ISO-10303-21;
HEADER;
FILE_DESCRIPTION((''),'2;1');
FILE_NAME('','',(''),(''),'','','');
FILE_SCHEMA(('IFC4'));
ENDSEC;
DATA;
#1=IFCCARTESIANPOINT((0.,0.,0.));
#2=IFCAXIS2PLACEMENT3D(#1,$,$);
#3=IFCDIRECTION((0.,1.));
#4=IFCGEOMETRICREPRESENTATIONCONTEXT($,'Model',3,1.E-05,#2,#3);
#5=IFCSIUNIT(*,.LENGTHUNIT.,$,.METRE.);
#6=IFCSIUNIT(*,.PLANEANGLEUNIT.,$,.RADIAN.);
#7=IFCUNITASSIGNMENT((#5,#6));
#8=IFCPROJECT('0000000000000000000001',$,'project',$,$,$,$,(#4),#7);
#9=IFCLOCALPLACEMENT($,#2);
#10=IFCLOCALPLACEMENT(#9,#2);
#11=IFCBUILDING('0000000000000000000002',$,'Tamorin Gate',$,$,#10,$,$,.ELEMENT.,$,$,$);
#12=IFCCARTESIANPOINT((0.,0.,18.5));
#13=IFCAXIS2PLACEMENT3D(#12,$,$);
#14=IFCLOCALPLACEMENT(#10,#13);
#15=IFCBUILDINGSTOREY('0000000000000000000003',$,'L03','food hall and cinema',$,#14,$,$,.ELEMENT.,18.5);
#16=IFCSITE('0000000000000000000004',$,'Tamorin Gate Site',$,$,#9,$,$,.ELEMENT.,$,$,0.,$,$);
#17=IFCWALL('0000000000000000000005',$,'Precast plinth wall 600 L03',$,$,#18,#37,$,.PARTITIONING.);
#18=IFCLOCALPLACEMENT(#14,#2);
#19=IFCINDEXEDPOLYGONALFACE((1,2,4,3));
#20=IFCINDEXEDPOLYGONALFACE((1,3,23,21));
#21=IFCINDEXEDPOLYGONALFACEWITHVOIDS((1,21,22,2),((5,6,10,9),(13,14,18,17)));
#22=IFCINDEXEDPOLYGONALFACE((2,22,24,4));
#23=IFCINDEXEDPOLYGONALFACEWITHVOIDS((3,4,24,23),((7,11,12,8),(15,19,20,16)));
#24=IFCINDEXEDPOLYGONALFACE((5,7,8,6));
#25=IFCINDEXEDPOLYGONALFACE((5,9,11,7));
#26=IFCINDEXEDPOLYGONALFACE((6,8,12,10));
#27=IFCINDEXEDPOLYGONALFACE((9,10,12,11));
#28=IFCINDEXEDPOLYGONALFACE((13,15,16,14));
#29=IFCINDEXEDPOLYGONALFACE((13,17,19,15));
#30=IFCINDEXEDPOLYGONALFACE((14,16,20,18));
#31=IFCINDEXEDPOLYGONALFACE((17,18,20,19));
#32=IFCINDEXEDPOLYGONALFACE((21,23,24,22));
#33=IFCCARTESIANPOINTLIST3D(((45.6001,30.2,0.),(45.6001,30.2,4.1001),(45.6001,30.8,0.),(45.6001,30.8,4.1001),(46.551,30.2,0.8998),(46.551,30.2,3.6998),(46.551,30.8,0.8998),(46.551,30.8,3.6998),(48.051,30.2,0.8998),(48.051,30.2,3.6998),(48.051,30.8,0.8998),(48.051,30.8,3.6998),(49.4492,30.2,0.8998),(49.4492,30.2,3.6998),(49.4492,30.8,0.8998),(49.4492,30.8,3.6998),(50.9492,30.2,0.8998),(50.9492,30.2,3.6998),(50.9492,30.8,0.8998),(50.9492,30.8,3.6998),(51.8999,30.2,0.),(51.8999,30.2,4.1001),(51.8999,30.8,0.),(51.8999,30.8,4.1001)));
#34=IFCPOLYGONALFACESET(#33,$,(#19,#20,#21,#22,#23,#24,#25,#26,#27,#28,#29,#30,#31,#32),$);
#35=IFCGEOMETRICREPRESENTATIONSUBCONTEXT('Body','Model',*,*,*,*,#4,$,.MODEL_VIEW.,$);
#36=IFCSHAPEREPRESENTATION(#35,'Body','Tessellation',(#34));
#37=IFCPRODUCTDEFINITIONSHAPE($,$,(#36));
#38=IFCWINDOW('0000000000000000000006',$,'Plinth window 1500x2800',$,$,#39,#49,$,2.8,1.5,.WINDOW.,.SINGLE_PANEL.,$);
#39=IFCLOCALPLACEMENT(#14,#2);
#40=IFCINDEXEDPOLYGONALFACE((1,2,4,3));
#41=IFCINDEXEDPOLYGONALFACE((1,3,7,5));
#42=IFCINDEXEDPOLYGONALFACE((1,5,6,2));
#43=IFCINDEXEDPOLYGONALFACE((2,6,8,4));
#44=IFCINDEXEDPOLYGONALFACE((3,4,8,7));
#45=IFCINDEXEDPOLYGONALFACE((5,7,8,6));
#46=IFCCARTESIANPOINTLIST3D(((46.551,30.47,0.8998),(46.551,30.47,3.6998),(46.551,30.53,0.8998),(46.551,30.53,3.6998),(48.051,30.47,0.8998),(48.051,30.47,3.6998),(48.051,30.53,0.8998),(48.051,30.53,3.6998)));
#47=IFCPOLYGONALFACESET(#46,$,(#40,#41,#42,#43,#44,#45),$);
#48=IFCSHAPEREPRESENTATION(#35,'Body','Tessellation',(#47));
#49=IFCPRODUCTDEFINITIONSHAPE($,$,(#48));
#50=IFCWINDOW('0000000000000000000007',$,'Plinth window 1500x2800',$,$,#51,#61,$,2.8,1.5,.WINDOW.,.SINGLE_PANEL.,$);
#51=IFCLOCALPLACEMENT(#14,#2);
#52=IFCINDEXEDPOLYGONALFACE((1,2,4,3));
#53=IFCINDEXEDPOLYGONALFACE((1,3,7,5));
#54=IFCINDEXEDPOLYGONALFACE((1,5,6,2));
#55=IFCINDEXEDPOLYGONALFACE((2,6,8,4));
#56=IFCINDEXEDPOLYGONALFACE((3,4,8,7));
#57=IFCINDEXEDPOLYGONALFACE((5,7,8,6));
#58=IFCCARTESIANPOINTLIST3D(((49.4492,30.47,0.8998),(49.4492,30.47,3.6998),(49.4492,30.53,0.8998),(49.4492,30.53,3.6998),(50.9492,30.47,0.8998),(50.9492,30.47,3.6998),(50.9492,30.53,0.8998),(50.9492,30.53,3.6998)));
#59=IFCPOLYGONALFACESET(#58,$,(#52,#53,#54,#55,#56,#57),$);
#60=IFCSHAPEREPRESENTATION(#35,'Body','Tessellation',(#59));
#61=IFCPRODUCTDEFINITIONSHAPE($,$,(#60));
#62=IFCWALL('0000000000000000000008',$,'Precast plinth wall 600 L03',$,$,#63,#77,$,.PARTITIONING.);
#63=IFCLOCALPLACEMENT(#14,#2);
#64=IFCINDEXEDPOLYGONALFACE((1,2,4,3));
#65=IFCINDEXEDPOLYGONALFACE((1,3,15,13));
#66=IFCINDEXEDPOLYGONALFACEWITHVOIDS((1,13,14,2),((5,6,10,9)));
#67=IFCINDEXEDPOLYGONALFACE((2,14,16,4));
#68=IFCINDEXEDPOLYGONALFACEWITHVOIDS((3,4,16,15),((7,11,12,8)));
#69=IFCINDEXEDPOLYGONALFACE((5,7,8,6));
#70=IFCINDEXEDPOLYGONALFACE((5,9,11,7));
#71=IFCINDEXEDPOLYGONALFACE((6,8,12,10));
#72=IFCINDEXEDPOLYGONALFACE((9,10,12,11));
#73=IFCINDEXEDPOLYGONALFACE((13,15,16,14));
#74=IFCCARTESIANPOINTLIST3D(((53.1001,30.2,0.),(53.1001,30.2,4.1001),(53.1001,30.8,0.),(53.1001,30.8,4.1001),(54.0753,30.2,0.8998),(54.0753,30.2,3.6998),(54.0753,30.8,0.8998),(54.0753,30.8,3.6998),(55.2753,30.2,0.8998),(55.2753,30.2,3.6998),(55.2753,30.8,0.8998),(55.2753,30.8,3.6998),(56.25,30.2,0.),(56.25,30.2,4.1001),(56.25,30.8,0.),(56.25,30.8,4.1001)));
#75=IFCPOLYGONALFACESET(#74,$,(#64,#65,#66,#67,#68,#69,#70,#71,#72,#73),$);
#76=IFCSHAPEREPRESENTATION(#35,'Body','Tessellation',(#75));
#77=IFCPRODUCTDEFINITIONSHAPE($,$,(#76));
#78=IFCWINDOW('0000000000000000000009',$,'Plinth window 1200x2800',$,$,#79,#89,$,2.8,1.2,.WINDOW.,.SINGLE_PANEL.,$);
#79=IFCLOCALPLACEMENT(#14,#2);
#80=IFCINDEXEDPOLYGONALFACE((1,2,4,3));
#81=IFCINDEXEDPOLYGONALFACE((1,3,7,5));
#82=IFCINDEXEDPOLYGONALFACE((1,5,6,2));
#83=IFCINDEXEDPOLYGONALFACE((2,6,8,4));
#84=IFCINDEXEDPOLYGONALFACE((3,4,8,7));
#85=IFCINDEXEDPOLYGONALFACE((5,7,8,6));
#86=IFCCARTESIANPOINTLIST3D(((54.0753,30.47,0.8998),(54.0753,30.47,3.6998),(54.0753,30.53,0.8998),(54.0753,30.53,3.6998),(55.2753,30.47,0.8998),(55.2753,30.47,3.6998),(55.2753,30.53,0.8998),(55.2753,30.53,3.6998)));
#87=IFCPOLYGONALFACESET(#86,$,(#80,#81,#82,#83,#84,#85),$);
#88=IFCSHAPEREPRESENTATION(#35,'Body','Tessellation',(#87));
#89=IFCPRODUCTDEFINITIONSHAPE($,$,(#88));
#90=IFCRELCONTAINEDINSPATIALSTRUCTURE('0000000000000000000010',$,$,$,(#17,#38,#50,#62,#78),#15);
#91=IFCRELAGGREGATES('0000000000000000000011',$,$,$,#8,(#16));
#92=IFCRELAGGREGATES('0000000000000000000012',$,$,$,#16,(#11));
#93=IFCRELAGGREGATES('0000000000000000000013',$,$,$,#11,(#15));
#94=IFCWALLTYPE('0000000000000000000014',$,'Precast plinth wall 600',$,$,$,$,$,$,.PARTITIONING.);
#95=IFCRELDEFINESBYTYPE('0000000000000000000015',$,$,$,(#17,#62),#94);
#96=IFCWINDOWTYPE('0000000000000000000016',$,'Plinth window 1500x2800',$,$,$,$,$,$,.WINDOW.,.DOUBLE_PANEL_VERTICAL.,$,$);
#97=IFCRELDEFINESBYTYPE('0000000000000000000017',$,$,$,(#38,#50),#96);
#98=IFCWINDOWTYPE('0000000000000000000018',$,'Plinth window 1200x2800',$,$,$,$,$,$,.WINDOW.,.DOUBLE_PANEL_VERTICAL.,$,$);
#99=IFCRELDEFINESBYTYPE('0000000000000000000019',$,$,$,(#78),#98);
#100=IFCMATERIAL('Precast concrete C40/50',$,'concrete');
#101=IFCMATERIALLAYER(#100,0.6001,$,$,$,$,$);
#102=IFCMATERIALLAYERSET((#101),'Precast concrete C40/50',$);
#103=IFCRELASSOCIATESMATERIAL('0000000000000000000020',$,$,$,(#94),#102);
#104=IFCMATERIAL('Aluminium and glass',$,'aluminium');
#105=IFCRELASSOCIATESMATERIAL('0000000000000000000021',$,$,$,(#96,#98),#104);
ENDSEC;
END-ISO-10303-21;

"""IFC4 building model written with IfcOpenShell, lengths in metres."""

from ifc_helpers import new_model, si_unit, direction, frame, frame_2d, origin, place, context, subcontext, project, spatial, rectangle, extrude, material, layer, layer_set, type_object, element, fill, save


model = new_model("IFC4")

# Units and contexts
model_context = context("Model", 3, precision=1e-05, world=origin(), true_north=direction((0.0, 1.0)))
body_context = subcontext(model_context, "Body", "Model", "MODEL_VIEW")
ifc_project = project(units=[si_unit("LENGTHUNIT", "METRE"), si_unit("PLANEANGLEUNIT", "RADIAN")], contexts=[model_context])

# Site, building, storey
site_placement = place(None, origin())
site = spatial("IfcSite", under=ifc_project, at=site_placement, Name="Tamorin Gate Site", CompositionType="ELEMENT", RefElevation=0.0)
building_placement = place(site_placement, origin())
building = spatial("IfcBuilding", under=site, at=building_placement, Name="Tamorin Gate", CompositionType="ELEMENT")
storey_placement = place(building_placement, frame((0.0, 0.0, 18.5)))
storey = spatial("IfcBuildingStorey", under=building, at=storey_placement, Name="L03", Description="food hall and cinema", CompositionType="ELEMENT", Elevation=18.5)

# Wall, openings, windows
ifc_material_1 = material(Name="Precast concrete C40/50", Category="concrete")
ifc_layer_1 = layer(ifc_material_1, 0.6001)
ifc_layer_set_1 = layer_set([ifc_layer_1], Name="Precast concrete C40/50")
wall_type_1 = type_object("IfcWallType", Name="Precast plinth wall 600", PredefinedType="PARTITIONING", material=ifc_layer_set_1)
ifc_material_2 = material(Name="Aluminium and glass", Category="aluminium")
window_type_1 = type_object("IfcWindowType", Name="Plinth window 1500x2800", PartitioningType="DOUBLE_PANEL_VERTICAL", PredefinedType="WINDOW", material=ifc_material_2)
wall_1_placement = place(storey_placement, frame((45.6001, 30.5, 0.0), z_axis=(0.0, 0.0, 1.0), x_axis=(1.0, 0.0, 0.0)))
wall_1 = element("IfcWall", 1, at=wall_1_placement, inside=storey, type_object=wall_type_1, Name="Precast plinth wall 600 L03", PredefinedType="PARTITIONING", context=body_context, shape_type="SweptSolid", body=[
    extrude(rectangle(XDim=6.2998, YDim=0.6001, at=frame_2d((3.1499, 0.0))), origin(), (0.0, 0.0, 1.0), 4.1001),
])
opening_1_placement = place(wall_1_placement, frame((0.9509, 0.0, 0.8999)))
opening_1 = element("IfcOpeningElement", 2, at=opening_1_placement, cuts=wall_1, PredefinedType="OPENING", context=body_context, shape_type="SweptSolid", body=[
    extrude(rectangle(XDim=1.5, YDim=2.8, at=frame_2d((0.75, 1.3999))), frame((0.0, 0.3101, 0.0), z_axis=(0.0, -1.0, 0.0), x_axis=(1.0, 0.0, 0.0)), (0.0, 0.0, 1.0), 0.6201),
])
opening_2_placement = place(wall_1_placement, frame((3.8491, 0.0, 0.8999)))
opening_2 = element("IfcOpeningElement", 3, at=opening_2_placement, cuts=wall_1, PredefinedType="OPENING", context=body_context, shape_type="SweptSolid", body=[
    extrude(rectangle(XDim=1.5, YDim=2.8, at=frame_2d((0.75, 1.3999))), frame((0.0, 0.3101, 0.0), z_axis=(0.0, -1.0, 0.0), x_axis=(1.0, 0.0, 0.0)), (0.0, 0.0, 1.0), 0.6201),
])
window_1_placement = place(opening_1_placement, origin())
window_1 = element("IfcWindow", 4, at=window_1_placement, inside=storey, type_object=window_type_1, Name="Plinth window 1500x2800", OverallHeight=2.8, OverallWidth=1.5, PartitioningType="SINGLE_PANEL", PredefinedType="WINDOW", context=body_context, shape_type="SweptSolid", body=[
    extrude(rectangle(XDim=1.5, YDim=2.8, at=frame_2d((0.75, 1.3999))), frame((0.0, 0.03, 0.0), z_axis=(0.0, -1.0, 0.0), x_axis=(1.0, 0.0, 0.0)), (0.0, 0.0, 1.0), 0.0601),
])
fill(opening_1, window_1)
window_2_placement = place(opening_2_placement, origin())
window_2 = element("IfcWindow", 5, at=window_2_placement, inside=storey, type_object=window_type_1, Name="Plinth window 1500x2800", OverallHeight=2.8, OverallWidth=1.5, PartitioningType="SINGLE_PANEL", PredefinedType="WINDOW", context=body_context, shape_type="SweptSolid", body=[
    extrude(rectangle(XDim=1.5, YDim=2.8, at=frame_2d((0.75, 1.3999))), frame((0.0, 0.03, 0.0), z_axis=(0.0, -1.0, 0.0), x_axis=(1.0, 0.0, 0.0)), (0.0, 0.0, 1.0), 0.0601),
])
fill(opening_2, window_2)

# Wall, opening, window
wall_2_placement = place(storey_placement, frame((53.1001, 30.5, 0.0), z_axis=(0.0, 0.0, 1.0), x_axis=(1.0, 0.0, 0.0)))
wall_2 = element("IfcWall", 6, at=wall_2_placement, inside=storey, type_object=wall_type_1, Name="Precast plinth wall 600 L03", PredefinedType="PARTITIONING", context=body_context, shape_type="SweptSolid", body=[
    extrude(rectangle(XDim=3.1499, YDim=0.6001, at=frame_2d((1.575, 0.0))), origin(), (0.0, 0.0, 1.0), 4.1001),
])
opening_3_placement = place(wall_2_placement, frame((0.9751, 0.0, 0.8999)))
opening_3 = element("IfcOpeningElement", 7, at=opening_3_placement, cuts=wall_2, PredefinedType="OPENING", context=body_context, shape_type="SweptSolid", body=[
    extrude(rectangle(XDim=1.2, YDim=2.8, at=frame_2d((0.6001, 1.3999))), frame((0.0, 0.3101, 0.0), z_axis=(0.0, -1.0, 0.0), x_axis=(1.0, 0.0, 0.0)), (0.0, 0.0, 1.0), 0.6201),
])
window_type_2 = type_object("IfcWindowType", Name="Plinth window 1200x2800", PartitioningType="DOUBLE_PANEL_VERTICAL", PredefinedType="WINDOW", material=ifc_material_2)
window_3_placement = place(opening_3_placement, origin())
window_3 = element("IfcWindow", 8, at=window_3_placement, inside=storey, type_object=window_type_2, Name="Plinth window 1200x2800", OverallHeight=2.8, OverallWidth=1.2, PartitioningType="SINGLE_PANEL", PredefinedType="WINDOW", context=body_context, shape_type="SweptSolid", body=[
    extrude(rectangle(XDim=1.2, YDim=2.8, at=frame_2d((0.6001, 1.3999))), frame((0.0, 0.03, 0.0), z_axis=(0.0, -1.0, 0.0), x_axis=(1.0, 0.0, 0.0)), (0.0, 0.0, 1.0), 0.0601),
])
fill(opening_3, window_3)

save(model, "model.ifc")
